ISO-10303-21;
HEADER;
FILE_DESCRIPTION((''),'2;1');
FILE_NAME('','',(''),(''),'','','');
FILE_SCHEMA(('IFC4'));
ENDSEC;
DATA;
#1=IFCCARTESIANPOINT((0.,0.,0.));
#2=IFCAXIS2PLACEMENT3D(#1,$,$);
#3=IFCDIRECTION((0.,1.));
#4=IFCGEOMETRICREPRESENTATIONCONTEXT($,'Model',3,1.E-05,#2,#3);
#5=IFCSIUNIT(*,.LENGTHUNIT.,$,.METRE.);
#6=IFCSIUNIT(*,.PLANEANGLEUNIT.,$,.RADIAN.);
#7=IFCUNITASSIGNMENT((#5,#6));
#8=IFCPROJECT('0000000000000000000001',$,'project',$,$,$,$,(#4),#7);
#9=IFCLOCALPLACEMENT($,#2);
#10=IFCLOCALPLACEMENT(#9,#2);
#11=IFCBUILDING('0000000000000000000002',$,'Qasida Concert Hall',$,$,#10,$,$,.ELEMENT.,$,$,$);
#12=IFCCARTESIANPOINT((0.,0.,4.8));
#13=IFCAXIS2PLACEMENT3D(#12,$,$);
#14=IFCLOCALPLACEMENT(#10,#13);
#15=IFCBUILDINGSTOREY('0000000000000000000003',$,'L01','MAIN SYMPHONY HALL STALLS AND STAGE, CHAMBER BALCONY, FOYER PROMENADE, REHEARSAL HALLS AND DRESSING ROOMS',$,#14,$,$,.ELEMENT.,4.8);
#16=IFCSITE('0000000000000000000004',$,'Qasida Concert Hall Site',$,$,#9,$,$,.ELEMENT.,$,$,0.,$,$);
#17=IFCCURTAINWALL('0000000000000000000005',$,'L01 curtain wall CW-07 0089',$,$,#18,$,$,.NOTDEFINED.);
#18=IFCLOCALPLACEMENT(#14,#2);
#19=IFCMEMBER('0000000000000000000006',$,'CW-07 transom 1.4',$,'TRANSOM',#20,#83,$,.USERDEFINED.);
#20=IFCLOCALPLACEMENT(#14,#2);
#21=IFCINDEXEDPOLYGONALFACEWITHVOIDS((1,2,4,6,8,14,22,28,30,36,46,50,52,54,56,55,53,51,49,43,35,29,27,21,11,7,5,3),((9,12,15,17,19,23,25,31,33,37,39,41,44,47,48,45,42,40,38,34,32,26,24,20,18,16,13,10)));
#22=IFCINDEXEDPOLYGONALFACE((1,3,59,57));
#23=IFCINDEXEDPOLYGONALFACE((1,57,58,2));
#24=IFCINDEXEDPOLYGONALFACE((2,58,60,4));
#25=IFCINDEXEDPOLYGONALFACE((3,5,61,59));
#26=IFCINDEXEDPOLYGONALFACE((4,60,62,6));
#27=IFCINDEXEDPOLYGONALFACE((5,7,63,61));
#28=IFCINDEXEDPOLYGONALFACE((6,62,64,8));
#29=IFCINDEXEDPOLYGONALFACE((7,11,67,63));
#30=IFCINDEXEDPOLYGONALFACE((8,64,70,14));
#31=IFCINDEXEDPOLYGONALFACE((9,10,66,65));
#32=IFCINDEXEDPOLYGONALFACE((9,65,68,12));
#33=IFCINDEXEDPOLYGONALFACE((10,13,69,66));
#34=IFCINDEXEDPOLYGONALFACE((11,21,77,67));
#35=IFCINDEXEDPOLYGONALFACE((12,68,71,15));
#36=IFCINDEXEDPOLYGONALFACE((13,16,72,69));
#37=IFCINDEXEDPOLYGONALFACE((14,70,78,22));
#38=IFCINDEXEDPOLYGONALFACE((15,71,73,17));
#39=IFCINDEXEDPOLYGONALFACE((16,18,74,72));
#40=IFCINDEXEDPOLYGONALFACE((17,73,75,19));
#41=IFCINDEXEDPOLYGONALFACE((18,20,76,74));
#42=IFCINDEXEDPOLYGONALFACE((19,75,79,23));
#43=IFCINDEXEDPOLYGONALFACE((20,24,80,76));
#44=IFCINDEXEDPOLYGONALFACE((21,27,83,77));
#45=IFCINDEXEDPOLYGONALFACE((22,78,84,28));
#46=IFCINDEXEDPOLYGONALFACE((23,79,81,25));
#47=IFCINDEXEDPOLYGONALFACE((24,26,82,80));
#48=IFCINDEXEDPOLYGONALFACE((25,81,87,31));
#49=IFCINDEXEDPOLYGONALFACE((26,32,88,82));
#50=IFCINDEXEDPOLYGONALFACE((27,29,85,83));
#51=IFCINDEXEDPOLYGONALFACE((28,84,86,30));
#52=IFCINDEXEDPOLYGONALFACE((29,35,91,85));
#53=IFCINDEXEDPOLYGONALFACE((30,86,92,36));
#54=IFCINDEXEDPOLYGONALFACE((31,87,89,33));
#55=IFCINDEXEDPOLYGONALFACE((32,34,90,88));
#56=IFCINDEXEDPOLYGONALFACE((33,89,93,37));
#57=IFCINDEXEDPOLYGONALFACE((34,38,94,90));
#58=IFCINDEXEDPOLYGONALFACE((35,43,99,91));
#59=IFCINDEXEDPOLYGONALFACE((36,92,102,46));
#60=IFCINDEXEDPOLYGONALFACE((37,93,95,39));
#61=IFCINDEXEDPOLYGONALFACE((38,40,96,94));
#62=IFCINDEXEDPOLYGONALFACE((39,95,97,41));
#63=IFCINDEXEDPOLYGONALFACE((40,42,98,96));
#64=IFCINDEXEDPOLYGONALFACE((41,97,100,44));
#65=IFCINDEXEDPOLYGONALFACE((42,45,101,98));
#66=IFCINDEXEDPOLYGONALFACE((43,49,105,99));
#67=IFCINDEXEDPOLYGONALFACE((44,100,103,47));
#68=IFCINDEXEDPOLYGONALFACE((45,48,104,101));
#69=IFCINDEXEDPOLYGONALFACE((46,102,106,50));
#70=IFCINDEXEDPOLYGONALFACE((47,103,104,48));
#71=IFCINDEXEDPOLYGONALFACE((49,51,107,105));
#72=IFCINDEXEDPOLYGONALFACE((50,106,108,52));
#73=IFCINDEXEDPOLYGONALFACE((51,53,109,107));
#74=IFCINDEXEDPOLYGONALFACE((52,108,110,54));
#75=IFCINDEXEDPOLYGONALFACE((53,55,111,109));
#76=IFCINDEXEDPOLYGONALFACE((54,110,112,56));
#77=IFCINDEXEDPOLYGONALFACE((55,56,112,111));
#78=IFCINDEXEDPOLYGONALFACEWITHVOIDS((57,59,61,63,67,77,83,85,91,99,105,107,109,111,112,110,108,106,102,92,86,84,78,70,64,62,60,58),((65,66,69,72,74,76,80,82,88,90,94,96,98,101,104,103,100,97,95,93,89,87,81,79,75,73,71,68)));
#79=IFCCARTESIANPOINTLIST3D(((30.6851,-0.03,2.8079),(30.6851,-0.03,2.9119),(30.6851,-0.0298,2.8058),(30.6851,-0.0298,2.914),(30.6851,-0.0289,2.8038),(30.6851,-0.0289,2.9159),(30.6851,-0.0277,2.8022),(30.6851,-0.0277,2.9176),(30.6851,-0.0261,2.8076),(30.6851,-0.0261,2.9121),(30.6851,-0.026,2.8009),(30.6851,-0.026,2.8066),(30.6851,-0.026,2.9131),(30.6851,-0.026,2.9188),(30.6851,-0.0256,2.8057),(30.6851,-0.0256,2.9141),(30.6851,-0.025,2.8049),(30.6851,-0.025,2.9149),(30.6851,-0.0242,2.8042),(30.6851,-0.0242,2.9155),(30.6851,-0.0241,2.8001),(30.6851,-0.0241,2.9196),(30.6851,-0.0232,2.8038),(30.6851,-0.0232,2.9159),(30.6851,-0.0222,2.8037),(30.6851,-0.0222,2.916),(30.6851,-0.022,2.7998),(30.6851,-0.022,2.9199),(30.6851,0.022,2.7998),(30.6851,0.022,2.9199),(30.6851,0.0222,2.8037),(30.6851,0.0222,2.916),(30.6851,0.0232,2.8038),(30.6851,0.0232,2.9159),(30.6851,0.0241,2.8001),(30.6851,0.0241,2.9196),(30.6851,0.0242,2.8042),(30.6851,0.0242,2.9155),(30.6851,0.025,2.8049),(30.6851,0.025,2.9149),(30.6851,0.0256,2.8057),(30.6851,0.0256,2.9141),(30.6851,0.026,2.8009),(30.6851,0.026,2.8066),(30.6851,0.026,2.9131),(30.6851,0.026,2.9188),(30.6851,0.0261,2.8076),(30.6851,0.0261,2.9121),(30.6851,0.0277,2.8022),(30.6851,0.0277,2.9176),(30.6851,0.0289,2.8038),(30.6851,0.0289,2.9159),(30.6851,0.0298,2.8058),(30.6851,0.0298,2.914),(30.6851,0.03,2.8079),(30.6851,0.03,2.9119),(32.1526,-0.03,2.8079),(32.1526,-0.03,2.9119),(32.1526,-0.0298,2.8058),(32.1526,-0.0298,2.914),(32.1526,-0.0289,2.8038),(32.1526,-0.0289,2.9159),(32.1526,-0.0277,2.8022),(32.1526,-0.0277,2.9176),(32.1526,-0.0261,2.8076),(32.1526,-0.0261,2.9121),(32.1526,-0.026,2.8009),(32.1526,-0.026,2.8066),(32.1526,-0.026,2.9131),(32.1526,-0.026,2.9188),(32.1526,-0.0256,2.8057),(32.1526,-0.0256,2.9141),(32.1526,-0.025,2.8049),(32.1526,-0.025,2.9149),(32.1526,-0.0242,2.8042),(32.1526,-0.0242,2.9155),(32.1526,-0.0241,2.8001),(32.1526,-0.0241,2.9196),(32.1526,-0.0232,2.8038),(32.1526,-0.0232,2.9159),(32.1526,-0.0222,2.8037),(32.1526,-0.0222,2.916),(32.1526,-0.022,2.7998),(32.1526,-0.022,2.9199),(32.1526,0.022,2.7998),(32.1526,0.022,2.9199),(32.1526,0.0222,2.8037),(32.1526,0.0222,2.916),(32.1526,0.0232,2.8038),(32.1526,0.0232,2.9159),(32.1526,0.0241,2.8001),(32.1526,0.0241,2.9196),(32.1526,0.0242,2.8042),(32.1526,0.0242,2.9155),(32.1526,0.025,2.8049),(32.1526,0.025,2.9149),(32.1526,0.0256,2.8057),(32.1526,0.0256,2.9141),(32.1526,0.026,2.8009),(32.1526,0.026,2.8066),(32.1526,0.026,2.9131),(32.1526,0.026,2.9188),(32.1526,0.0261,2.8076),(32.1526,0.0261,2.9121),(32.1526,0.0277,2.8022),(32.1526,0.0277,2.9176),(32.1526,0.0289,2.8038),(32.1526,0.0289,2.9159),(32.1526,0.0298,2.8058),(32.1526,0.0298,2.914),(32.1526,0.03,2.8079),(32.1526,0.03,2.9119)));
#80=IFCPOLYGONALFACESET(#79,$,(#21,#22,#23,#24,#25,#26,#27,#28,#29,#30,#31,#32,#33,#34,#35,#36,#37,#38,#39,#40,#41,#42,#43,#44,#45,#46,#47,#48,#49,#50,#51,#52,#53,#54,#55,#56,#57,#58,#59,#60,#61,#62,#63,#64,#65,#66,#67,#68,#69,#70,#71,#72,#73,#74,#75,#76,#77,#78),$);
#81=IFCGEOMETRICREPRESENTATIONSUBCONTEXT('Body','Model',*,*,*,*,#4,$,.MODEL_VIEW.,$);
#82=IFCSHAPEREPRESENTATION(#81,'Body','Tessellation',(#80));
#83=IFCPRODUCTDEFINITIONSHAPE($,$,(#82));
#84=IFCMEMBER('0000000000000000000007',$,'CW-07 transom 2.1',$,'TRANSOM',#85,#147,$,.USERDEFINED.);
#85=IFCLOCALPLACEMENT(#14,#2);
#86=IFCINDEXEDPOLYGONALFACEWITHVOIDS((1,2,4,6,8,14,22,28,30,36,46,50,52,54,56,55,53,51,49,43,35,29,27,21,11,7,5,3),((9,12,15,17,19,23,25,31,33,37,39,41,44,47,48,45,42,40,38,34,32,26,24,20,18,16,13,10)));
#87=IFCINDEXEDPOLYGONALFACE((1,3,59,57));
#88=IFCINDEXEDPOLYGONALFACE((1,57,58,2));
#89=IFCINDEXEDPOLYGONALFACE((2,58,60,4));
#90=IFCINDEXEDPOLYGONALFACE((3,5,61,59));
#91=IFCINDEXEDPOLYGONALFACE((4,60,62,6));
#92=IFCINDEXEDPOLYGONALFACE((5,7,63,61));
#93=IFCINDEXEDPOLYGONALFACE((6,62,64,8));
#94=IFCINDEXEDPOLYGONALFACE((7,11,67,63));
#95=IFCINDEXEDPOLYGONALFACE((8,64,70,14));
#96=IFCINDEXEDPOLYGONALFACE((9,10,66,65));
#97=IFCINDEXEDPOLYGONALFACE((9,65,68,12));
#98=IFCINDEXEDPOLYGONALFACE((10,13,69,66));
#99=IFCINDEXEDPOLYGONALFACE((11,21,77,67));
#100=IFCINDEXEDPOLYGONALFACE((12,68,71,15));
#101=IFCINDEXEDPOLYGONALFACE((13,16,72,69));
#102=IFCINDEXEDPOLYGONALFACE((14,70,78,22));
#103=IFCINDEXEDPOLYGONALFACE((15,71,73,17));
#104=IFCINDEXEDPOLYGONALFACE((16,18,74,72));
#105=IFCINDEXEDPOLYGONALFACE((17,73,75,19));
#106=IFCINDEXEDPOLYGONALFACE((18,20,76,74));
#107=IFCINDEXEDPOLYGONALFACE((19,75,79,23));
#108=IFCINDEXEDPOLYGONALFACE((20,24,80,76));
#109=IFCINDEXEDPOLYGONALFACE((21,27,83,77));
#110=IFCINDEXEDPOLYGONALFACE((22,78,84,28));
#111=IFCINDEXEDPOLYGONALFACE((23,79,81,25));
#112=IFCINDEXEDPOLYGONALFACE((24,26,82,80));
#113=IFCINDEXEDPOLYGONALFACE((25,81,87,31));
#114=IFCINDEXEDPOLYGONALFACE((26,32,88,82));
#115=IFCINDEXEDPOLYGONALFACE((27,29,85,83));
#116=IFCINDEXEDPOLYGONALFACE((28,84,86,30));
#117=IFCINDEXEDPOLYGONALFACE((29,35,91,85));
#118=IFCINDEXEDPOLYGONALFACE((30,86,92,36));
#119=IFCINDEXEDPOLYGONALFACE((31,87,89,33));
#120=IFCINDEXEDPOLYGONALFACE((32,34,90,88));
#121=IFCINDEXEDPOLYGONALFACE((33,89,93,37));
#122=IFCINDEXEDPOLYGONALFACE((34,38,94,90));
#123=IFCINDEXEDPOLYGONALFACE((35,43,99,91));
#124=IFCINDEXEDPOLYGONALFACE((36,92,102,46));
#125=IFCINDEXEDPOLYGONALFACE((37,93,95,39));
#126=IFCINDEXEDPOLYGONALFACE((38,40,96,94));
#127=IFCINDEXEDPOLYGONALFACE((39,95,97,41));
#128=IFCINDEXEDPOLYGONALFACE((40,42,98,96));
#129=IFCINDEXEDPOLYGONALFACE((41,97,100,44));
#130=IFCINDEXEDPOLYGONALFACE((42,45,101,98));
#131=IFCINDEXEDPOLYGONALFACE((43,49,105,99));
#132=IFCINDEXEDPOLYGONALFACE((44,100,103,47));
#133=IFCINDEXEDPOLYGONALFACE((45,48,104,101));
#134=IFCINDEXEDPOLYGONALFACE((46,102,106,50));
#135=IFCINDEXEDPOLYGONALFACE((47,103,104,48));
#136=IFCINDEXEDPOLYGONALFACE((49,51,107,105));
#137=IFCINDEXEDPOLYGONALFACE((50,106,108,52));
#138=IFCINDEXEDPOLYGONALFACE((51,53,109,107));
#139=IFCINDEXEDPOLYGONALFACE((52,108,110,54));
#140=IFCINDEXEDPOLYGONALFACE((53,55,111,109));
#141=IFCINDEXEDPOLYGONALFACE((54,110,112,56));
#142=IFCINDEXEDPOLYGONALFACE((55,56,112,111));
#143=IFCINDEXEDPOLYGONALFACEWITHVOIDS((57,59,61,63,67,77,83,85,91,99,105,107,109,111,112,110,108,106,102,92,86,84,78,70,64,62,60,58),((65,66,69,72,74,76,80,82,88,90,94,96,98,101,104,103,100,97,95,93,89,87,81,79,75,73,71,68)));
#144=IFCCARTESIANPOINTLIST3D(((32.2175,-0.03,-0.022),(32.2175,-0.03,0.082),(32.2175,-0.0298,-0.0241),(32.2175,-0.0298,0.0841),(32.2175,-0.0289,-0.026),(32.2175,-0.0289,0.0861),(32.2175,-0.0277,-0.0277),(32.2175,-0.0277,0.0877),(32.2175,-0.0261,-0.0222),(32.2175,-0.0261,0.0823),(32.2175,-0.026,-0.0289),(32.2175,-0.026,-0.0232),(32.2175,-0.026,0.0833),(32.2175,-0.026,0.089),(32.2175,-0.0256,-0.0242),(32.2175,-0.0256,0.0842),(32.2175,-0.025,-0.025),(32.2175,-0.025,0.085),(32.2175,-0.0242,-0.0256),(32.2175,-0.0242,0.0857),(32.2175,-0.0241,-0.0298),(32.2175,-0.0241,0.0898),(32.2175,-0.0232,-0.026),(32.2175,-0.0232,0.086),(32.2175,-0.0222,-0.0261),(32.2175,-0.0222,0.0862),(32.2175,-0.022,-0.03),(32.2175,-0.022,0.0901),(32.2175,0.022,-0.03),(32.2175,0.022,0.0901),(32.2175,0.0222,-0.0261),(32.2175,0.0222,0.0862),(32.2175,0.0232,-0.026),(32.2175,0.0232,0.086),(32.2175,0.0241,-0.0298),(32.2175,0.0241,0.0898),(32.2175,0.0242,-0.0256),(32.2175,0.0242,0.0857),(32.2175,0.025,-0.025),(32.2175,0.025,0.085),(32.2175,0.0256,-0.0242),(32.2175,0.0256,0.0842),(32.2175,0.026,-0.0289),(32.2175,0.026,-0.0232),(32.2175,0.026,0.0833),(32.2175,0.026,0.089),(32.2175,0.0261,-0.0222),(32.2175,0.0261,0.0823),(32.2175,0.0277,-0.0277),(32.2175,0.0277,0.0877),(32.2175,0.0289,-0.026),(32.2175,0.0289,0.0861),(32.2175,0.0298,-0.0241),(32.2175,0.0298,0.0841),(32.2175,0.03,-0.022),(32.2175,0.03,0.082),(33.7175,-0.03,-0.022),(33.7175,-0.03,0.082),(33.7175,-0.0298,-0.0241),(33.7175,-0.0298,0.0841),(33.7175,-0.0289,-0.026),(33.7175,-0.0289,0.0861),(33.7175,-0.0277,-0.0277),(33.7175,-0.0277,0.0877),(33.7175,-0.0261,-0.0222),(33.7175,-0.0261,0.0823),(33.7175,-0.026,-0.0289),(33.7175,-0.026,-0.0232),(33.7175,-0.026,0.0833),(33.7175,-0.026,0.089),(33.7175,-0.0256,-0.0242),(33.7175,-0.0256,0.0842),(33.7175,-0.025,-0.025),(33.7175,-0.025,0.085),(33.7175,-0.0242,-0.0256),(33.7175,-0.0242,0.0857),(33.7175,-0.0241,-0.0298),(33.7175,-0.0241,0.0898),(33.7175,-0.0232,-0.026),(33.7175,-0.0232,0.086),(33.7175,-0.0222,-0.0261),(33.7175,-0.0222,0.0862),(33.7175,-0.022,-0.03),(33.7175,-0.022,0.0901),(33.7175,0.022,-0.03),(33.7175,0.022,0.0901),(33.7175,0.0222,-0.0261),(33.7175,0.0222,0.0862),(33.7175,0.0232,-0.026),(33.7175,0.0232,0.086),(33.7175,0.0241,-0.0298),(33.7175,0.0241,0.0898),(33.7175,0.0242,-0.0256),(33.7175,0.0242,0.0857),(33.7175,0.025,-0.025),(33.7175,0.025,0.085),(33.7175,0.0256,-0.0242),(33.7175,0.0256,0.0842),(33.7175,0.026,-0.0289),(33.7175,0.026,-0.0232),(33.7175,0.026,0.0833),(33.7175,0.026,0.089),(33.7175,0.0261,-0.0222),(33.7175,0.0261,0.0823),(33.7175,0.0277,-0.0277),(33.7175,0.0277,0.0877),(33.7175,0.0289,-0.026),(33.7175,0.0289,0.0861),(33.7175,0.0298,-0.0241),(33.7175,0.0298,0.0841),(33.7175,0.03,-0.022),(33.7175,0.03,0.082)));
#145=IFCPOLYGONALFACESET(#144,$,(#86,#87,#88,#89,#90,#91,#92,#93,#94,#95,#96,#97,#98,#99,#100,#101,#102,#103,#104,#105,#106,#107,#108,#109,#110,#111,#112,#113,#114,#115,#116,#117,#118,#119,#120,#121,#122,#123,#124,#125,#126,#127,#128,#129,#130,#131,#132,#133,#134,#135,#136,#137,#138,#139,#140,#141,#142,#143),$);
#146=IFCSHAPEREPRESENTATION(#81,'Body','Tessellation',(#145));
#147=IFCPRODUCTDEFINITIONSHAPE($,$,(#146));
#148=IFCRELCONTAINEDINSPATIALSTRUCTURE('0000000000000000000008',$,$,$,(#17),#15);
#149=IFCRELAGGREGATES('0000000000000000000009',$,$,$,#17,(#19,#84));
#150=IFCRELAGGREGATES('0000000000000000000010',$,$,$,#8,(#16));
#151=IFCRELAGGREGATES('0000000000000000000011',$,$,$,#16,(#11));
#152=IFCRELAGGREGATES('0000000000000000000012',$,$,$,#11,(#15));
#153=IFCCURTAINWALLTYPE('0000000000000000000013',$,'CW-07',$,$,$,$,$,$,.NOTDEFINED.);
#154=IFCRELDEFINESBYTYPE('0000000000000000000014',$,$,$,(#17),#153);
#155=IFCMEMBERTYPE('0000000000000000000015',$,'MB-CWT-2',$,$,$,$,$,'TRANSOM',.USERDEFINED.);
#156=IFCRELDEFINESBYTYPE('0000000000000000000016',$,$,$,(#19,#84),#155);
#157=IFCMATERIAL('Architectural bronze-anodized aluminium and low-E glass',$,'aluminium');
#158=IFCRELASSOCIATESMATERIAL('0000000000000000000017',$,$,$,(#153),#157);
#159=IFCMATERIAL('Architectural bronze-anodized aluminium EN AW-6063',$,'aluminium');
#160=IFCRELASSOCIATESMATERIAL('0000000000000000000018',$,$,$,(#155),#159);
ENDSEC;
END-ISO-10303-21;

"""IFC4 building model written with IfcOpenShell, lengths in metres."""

from ifc_helpers import new_model, si_unit, direction, frame, origin, origin_2d, place, context, subcontext, project, spatial, hollow_rectangle, extrude, material, material_profile, profile_set, type_object, element, aggregate, save


model = new_model("IFC4")

# Units and contexts
model_context = context("Model", 3, precision=1e-05, world=origin(), true_north=direction((0.0, 1.0)))
body_context = subcontext(model_context, "Body", "Model", "MODEL_VIEW")
ifc_project = project(units=[si_unit("LENGTHUNIT", "METRE"), si_unit("PLANEANGLEUNIT", "RADIAN")], contexts=[model_context])

# Site, building, storey
site_placement = place(None, origin())
site = spatial("IfcSite", under=ifc_project, at=site_placement, Name="Qasida Concert Hall Site", CompositionType="ELEMENT", RefElevation=0.0)
building_placement = place(site_placement, origin())
building = spatial("IfcBuilding", under=site, at=building_placement, Name="Qasida Concert Hall", CompositionType="ELEMENT")
storey_placement = place(building_placement, frame((0.0, 0.0, 4.8)))
storey = spatial("IfcBuildingStorey", under=building, at=storey_placement, Name="L01", Description="MAIN SYMPHONY HALL STALLS AND STAGE, CHAMBER BALCONY, FOYER PROMENADE, REHEARSAL HALLS AND DRESSING ROOMS", CompositionType="ELEMENT", Elevation=4.8)

# Curtain wall, members
ifc_material_1 = material(Name="Architectural bronze-anodized aluminium and low-E glass", Category="aluminium")
curtain_wall_type = type_object("IfcCurtainWallType", Name="CW-07", PredefinedType="NOTDEFINED", material=ifc_material_1)
curtain_wall_placement = place(storey_placement, origin())
curtain_wall = element("IfcCurtainWall", 1, at=curtain_wall_placement, inside=storey, type_object=curtain_wall_type, Name="L01 curtain wall CW-07 0089", PredefinedType="NOTDEFINED")
ifc_material_2 = material(Name="Architectural bronze-anodized aluminium EN AW-6063", Category="aluminium")
ifc_material_profile_1 = material_profile(ifc_material_2, hollow_rectangle(XDim=0.0601, YDim=0.1201, WallThickness=0.0039, InnerFilletRadius=0.0039, OuterFilletRadius=0.0081, at=origin_2d()), Name="CWT 120x60x4")
ifc_profile_set_1 = profile_set([ifc_material_profile_1], Name="Architectural bronze-anodized aluminium EN AW-6063")
member_type_1 = type_object("IfcMemberType", Name="MB-CWT-2", ElementType="TRANSOM", PredefinedType="USERDEFINED", material=ifc_profile_set_1)
member_1_placement = place(storey_placement, frame((30.6851, 0.0, 2.8599), z_axis=(1.0, 0.0, 0.0), x_axis=(0.0, 1.0, 0.0)))
member_1 = element("IfcMember", 2, at=member_1_placement, type_object=member_type_1, Name="CW-07 transom 1.4", ObjectType="TRANSOM", PredefinedType="USERDEFINED", context=body_context, shape_type="SweptSolid", body=[
    extrude(hollow_rectangle(XDim=0.0601, YDim=0.1201, WallThickness=0.0039, InnerFilletRadius=0.0039, OuterFilletRadius=0.0081, at=origin_2d()), origin(), (0.0, 0.0, 1.0), 1.4675),
])
member_2_placement = place(storey_placement, frame((32.2175, 0.0, 0.03), z_axis=(1.0, 0.0, 0.0), x_axis=(0.0, 1.0, 0.0)))
member_2 = element("IfcMember", 3, at=member_2_placement, type_object=member_type_1, Name="CW-07 transom 2.1", ObjectType="TRANSOM", PredefinedType="USERDEFINED", context=body_context, shape_type="SweptSolid", body=[
    extrude(hollow_rectangle(XDim=0.0601, YDim=0.1201, WallThickness=0.0039, InnerFilletRadius=0.0039, OuterFilletRadius=0.0081, at=origin_2d()), origin(), (0.0, 0.0, 1.0), 1.5),
])
aggregate(curtain_wall, [member_1, member_2])

save(model, "model.ifc")
